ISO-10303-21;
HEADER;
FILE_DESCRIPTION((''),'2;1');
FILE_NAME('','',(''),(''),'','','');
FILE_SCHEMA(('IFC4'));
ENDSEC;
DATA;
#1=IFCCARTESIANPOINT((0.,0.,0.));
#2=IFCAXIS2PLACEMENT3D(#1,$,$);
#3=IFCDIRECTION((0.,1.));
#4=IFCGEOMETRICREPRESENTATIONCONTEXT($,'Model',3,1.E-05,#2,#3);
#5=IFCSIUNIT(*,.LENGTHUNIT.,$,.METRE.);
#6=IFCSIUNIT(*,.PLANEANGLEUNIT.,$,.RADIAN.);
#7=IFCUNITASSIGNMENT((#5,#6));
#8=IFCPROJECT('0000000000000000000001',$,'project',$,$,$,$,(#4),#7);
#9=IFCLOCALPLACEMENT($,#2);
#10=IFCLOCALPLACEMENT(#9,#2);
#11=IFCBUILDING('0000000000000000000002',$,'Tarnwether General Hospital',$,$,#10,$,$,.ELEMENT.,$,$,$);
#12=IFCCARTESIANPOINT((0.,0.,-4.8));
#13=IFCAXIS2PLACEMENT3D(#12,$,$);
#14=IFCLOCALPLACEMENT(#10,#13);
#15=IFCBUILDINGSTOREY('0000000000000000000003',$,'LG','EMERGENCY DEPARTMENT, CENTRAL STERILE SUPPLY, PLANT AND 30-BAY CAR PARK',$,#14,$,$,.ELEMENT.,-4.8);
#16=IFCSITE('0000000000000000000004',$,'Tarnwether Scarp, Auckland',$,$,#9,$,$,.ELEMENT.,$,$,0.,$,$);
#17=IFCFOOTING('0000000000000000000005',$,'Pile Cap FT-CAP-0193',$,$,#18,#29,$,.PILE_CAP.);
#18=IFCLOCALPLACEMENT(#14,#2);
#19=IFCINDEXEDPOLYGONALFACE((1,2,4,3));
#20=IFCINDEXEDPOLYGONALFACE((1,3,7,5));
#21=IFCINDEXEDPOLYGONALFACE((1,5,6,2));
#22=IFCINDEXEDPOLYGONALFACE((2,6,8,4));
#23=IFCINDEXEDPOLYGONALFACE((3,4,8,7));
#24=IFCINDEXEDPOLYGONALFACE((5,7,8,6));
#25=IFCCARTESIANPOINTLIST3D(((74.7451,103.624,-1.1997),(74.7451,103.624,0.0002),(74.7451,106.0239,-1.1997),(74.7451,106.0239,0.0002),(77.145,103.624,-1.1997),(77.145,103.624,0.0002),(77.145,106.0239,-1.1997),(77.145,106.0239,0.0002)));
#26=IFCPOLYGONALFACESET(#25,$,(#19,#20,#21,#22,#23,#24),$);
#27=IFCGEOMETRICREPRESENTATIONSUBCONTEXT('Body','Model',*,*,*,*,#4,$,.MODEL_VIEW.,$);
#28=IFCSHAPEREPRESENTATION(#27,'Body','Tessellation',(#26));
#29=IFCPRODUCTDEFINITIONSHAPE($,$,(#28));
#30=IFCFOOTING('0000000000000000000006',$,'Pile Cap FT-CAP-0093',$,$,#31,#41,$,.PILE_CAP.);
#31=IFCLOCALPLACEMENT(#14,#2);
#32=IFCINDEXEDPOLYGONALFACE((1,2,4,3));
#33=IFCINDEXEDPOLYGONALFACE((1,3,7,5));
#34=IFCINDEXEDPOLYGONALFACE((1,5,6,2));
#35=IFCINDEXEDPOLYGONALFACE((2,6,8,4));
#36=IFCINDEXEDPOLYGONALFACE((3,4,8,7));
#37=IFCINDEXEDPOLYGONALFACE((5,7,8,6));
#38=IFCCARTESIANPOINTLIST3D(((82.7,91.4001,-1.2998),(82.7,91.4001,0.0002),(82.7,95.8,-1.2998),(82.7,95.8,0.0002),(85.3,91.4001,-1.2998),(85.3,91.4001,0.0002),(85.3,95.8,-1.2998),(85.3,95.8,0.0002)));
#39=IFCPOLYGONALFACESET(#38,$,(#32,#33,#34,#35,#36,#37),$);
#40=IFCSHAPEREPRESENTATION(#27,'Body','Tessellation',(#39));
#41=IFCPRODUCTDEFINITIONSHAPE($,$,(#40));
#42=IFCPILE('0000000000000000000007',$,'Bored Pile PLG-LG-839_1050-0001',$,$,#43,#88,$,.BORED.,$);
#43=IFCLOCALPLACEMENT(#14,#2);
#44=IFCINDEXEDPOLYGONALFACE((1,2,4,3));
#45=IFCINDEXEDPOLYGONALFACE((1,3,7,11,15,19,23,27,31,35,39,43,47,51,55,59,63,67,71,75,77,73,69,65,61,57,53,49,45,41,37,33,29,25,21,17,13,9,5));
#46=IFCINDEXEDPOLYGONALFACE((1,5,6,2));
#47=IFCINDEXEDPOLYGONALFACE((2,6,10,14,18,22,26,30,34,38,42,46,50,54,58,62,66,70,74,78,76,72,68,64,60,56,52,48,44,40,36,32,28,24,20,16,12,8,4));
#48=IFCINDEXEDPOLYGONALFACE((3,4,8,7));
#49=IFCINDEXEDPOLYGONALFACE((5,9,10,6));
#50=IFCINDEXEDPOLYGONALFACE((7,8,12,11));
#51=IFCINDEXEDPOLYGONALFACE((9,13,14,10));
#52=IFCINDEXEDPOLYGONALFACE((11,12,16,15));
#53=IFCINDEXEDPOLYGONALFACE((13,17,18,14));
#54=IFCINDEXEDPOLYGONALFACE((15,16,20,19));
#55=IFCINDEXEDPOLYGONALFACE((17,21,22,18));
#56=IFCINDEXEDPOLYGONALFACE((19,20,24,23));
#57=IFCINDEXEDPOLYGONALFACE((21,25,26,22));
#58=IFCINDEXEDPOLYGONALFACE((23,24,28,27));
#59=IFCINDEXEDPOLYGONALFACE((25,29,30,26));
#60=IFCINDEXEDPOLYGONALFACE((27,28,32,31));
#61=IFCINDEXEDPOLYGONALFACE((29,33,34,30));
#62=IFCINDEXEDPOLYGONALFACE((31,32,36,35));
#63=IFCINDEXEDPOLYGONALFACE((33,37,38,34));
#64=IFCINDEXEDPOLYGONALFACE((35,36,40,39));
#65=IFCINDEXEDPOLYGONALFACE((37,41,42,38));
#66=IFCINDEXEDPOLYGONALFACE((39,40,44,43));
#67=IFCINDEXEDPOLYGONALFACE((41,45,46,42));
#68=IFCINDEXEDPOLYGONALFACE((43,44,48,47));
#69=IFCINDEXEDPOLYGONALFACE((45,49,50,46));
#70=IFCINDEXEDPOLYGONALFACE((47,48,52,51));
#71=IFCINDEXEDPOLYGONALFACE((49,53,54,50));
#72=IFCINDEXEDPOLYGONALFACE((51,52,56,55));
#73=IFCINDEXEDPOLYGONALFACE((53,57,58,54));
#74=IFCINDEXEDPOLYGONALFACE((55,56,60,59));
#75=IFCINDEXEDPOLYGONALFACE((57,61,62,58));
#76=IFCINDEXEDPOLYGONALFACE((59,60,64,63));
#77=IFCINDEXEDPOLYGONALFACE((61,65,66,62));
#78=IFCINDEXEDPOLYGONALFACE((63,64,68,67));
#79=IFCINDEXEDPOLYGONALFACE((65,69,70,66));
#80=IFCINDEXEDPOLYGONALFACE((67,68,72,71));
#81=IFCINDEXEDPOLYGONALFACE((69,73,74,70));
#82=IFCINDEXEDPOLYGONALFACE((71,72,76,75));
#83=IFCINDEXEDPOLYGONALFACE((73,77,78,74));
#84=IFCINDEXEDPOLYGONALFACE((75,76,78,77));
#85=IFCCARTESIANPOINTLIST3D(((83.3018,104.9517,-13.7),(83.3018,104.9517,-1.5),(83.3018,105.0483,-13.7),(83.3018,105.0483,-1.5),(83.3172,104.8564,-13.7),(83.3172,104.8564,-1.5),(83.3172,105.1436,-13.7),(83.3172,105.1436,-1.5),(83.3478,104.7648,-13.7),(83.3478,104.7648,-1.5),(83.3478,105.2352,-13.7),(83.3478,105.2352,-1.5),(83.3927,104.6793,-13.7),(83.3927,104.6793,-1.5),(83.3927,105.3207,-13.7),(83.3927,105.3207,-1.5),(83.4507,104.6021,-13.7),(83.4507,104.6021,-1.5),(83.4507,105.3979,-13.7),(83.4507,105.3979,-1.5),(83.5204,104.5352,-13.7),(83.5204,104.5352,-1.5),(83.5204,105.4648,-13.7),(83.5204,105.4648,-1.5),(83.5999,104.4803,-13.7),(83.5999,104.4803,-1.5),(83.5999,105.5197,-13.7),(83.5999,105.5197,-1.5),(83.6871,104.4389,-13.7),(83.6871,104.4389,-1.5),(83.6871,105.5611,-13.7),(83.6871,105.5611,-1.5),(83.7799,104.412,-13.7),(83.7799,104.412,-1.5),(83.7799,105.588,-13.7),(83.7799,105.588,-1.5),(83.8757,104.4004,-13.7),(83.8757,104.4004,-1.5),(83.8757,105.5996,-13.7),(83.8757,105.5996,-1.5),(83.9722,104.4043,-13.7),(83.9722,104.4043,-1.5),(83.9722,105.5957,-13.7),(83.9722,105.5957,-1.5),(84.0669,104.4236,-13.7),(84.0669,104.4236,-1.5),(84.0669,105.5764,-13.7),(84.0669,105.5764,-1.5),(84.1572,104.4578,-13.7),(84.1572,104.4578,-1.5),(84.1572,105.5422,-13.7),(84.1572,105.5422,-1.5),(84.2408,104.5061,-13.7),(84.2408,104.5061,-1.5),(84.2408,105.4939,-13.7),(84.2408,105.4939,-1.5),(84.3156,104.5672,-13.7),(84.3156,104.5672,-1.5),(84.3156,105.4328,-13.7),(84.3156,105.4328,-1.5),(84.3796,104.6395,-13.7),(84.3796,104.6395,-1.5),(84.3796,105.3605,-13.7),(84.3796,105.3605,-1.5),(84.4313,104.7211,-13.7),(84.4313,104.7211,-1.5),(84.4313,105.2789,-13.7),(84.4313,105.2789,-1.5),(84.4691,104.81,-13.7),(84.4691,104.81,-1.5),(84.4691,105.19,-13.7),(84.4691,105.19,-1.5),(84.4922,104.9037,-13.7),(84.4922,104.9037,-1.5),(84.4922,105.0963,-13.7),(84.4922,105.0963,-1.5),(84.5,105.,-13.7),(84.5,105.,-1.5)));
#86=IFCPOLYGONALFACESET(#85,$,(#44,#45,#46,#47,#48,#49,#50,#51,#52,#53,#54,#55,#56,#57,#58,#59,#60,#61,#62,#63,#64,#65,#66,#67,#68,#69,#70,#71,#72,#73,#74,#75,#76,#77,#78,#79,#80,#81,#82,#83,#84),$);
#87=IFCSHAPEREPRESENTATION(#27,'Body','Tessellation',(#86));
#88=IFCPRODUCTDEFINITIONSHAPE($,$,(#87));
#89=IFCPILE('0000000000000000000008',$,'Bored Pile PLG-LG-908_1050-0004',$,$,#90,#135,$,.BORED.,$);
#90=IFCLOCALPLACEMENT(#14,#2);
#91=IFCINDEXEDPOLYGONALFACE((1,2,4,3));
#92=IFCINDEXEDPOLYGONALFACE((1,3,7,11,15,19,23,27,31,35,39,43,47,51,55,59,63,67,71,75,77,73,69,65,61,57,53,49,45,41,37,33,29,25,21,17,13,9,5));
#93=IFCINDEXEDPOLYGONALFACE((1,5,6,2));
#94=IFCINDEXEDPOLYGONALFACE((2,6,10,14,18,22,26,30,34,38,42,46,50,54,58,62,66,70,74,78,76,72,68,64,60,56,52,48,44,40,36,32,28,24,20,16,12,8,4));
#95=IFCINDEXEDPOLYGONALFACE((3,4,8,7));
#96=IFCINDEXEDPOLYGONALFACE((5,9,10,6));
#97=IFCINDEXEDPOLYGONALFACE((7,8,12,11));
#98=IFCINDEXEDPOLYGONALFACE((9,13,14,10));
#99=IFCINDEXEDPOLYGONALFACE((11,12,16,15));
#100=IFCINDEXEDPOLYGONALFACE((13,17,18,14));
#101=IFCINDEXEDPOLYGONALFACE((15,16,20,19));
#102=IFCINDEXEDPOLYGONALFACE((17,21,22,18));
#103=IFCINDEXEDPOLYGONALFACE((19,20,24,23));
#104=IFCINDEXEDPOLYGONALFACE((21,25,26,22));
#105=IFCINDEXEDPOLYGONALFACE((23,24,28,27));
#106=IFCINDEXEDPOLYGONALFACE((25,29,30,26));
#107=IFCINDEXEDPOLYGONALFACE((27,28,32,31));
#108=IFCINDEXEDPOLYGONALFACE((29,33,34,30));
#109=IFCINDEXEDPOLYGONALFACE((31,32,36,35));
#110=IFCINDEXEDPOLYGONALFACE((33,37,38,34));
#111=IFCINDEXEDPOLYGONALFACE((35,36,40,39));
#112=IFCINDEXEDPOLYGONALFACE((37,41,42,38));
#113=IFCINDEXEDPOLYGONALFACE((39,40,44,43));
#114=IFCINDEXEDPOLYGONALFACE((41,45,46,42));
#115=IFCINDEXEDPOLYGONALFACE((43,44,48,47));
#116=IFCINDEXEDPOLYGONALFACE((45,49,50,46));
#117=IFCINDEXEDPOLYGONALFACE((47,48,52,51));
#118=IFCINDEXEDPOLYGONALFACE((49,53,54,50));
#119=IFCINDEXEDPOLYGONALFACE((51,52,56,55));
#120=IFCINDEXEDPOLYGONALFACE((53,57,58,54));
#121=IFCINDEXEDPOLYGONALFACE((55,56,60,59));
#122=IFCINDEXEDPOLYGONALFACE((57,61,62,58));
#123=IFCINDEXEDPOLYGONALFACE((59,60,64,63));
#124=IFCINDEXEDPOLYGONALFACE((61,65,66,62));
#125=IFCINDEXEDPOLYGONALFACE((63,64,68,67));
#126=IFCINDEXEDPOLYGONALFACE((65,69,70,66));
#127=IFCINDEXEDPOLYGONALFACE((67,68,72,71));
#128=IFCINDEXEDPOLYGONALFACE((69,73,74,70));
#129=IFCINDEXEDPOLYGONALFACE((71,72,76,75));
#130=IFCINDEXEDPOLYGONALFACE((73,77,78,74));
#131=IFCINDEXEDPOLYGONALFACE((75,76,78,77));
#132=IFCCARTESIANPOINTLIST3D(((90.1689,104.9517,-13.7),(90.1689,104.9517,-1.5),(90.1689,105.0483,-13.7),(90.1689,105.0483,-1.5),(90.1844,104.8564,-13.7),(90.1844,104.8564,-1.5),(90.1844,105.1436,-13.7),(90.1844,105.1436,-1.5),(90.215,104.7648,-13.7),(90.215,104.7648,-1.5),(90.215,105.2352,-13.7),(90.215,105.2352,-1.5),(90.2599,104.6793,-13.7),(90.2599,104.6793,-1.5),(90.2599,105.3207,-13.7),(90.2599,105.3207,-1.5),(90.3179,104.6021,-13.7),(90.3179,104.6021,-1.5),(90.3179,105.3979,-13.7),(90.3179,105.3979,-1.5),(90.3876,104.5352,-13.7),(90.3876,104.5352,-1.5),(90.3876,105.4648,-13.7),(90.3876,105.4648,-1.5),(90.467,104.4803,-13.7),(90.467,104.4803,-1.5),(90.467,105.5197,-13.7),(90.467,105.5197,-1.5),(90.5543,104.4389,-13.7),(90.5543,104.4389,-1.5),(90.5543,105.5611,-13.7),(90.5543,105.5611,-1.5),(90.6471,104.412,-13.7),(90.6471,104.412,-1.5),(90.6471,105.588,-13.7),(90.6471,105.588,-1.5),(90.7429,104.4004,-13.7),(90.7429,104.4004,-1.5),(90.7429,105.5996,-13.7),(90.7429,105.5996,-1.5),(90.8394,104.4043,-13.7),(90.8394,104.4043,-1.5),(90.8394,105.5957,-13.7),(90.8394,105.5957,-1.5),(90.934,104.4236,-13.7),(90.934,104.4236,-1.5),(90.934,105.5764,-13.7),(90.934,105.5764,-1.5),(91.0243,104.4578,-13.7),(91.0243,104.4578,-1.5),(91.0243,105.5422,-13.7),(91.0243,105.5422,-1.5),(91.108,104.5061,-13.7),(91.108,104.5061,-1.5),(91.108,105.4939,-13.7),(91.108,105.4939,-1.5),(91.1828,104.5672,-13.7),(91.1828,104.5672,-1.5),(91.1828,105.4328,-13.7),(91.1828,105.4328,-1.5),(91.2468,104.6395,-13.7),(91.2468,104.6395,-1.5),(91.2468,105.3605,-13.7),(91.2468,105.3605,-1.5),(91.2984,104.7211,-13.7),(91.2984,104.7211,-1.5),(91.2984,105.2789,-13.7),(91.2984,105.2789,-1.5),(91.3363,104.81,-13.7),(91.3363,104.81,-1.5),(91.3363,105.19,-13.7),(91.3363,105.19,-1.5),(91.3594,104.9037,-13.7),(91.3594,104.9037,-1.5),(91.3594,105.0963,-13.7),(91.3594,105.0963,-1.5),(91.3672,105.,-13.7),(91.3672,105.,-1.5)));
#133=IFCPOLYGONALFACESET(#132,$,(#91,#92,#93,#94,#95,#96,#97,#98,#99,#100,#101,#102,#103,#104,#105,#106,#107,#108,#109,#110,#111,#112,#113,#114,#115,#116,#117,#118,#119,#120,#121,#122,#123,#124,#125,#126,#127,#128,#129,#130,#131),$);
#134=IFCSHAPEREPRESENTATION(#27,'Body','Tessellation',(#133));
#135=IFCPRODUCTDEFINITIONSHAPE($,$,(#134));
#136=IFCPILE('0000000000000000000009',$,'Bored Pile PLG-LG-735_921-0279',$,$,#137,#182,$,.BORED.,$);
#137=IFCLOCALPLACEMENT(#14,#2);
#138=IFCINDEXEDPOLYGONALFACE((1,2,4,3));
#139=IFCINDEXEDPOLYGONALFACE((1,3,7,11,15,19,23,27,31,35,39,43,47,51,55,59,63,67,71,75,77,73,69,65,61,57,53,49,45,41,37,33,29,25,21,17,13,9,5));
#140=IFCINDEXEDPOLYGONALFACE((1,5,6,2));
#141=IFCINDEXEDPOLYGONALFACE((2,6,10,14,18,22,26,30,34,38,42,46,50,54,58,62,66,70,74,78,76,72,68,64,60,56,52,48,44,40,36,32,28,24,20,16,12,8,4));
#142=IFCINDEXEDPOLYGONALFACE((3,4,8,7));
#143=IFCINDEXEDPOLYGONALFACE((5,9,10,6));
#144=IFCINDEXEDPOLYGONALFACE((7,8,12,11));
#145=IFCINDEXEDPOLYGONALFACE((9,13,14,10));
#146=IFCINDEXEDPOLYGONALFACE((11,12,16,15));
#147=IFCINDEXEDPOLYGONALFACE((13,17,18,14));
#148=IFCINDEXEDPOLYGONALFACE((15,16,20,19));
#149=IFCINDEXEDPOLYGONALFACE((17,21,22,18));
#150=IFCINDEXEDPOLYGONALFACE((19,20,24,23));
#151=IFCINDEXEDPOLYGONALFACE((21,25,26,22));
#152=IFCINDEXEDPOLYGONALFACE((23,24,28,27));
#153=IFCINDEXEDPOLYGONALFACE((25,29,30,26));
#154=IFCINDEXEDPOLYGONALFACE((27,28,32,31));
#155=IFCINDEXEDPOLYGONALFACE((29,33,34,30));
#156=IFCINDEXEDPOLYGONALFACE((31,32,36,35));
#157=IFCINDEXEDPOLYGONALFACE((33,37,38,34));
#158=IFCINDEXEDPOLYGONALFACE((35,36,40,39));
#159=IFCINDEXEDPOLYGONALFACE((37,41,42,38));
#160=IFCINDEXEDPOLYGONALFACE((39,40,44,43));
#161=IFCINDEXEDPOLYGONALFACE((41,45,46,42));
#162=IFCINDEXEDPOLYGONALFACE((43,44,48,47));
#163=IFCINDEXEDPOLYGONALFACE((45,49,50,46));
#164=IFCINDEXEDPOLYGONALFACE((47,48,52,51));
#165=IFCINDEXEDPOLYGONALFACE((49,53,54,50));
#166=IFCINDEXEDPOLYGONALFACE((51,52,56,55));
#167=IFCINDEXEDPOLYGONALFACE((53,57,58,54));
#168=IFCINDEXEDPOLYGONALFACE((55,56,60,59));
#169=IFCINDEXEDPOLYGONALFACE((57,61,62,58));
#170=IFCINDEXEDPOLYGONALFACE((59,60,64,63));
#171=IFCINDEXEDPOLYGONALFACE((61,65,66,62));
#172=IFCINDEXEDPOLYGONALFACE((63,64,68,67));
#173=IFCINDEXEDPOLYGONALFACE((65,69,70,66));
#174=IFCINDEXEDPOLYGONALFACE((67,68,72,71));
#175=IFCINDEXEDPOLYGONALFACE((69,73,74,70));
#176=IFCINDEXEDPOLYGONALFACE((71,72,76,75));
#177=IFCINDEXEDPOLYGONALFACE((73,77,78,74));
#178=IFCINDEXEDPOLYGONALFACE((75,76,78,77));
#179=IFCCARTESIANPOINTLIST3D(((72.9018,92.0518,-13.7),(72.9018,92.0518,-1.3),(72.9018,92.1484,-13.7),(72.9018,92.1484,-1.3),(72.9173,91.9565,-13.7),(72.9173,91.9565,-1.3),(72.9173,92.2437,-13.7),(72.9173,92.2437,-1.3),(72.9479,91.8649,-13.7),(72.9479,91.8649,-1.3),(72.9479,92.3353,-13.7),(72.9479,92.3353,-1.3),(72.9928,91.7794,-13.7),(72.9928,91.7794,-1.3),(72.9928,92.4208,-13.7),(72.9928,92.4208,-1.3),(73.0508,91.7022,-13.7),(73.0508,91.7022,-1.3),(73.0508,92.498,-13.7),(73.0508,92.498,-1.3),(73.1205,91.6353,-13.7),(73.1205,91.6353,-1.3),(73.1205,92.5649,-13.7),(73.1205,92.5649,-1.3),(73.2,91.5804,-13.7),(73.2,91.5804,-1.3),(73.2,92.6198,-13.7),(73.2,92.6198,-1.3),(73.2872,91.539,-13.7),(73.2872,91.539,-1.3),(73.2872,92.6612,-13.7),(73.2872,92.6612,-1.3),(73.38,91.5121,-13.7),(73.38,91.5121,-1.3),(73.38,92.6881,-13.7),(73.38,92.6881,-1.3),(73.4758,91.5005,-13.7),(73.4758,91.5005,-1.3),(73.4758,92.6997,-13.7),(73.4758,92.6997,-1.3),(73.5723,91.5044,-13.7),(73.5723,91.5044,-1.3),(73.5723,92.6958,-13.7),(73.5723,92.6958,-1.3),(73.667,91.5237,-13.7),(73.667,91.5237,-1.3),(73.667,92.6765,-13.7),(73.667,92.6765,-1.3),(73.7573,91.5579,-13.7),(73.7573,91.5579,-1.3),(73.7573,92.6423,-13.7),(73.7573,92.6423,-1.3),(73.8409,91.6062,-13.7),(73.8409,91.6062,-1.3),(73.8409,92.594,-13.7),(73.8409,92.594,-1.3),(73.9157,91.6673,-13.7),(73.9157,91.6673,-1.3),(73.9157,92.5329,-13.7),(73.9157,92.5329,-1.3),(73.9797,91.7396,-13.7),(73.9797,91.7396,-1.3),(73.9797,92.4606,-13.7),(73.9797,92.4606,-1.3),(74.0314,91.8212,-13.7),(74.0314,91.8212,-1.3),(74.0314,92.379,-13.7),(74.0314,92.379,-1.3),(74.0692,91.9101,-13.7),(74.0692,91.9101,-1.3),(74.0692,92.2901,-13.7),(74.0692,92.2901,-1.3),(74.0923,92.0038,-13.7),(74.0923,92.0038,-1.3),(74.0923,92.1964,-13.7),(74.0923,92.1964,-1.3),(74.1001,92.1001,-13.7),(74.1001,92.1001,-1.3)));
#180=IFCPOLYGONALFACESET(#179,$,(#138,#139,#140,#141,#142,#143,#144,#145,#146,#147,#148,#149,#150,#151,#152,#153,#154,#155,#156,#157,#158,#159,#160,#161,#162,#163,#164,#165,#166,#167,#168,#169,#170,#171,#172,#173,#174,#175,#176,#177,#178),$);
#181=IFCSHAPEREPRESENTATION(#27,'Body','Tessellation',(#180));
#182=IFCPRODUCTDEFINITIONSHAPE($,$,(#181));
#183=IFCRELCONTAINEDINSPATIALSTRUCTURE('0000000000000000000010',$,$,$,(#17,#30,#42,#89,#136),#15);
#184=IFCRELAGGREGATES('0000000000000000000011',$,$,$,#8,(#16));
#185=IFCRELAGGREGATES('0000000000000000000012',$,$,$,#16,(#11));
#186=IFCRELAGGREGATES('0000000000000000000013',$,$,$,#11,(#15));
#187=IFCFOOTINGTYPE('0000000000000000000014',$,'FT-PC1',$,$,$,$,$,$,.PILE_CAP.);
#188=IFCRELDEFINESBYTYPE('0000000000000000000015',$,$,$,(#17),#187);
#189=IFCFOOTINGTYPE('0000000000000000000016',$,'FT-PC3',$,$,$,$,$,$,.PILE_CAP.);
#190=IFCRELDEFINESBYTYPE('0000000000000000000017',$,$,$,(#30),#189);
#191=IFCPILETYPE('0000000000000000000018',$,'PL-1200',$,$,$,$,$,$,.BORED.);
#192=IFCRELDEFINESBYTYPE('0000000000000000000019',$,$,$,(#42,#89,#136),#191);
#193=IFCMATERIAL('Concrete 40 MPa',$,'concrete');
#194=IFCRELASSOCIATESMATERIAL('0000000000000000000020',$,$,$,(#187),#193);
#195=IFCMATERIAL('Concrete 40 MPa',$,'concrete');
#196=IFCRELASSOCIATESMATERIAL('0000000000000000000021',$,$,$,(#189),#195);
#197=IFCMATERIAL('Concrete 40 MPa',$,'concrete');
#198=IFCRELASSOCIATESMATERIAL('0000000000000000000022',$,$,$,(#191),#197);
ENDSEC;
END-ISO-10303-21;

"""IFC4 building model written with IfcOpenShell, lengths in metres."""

from ifc_helpers import new_model, si_unit, direction, frame, origin, origin_2d, place, context, subcontext, project, spatial, rectangle, circle, extrude, material, material_profile, profile_set, type_object, element, save


model = new_model("IFC4")

# Units and contexts
model_context = context("Model", 3, precision=1e-05, world=origin(), true_north=direction((0.0, 1.0)))
body_context = subcontext(model_context, "Body", "Model", "MODEL_VIEW")
ifc_project = project(units=[si_unit("LENGTHUNIT", "METRE"), si_unit("PLANEANGLEUNIT", "RADIAN")], contexts=[model_context])

# Site, building, storey
site_placement = place(None, origin())
site = spatial("IfcSite", under=ifc_project, at=site_placement, Name="Tarnwether Scarp, Auckland", CompositionType="ELEMENT", RefElevation=0.0)
building_placement = place(site_placement, origin())
building = spatial("IfcBuilding", under=site, at=building_placement, Name="Tarnwether General Hospital", CompositionType="ELEMENT")
storey_placement = place(building_placement, frame((0.0, 0.0, -4.8)))
storey = spatial("IfcBuildingStorey", under=building, at=storey_placement, Name="LG", Description="EMERGENCY DEPARTMENT, CENTRAL STERILE SUPPLY, PLANT AND 30-BAY CAR PARK", CompositionType="ELEMENT", Elevation=-4.8)

# Footings
ifc_material_1 = material(Name="Concrete 40 MPa", Category="concrete")
footing_type_1 = type_object("IfcFootingType", Name="FT-PC1", PredefinedType="PILE_CAP", material=ifc_material_1)
footing_1_placement = place(storey_placement, frame((75.9451, 104.824, -1.1997), z_axis=(0.0, 0.0, 1.0), x_axis=(1.0, 0.0, 0.0)))
element("IfcFooting", 1, at=footing_1_placement, inside=storey, type_object=footing_type_1, Name="Pile Cap FT-CAP-0193", PredefinedType="PILE_CAP", context=body_context, shape_type="SweptSolid", body=[
    extrude(rectangle(XDim=2.3999, YDim=2.3999, at=origin_2d()), origin(), (0.0, 0.0, 1.0), 1.2),
])
ifc_material_2 = material(Name="Concrete 40 MPa", Category="concrete")
footing_type_2 = type_object("IfcFootingType", Name="FT-PC3", PredefinedType="PILE_CAP", material=ifc_material_2)
footing_2_placement = place(storey_placement, frame((84.0, 93.6001, -1.2998), z_axis=(0.0, 0.0, 1.0), x_axis=(0.0, 1.0, 0.0)))
element("IfcFooting", 2, at=footing_2_placement, inside=storey, type_object=footing_type_2, Name="Pile Cap FT-CAP-0093", PredefinedType="PILE_CAP", context=body_context, shape_type="SweptSolid", body=[
    extrude(rectangle(XDim=4.3999, YDim=2.6001, at=origin_2d()), origin(), (0.0, 0.0, 1.0), 1.3),
])

# Piles
ifc_material_3 = material(Name="Concrete 40 MPa", Category="concrete")
ifc_material_profile_1 = material_profile(ifc_material_3, circle(Radius=0.6001, at=origin_2d()), Name="PILE-D1200")
ifc_profile_set_1 = profile_set([ifc_material_profile_1], Name="Concrete 40 MPa")
pile_type_1 = type_object("IfcPileType", Name="PL-1200", PredefinedType="BORED", material=ifc_profile_set_1)
for number, where, z_axis, x_axis, name in (
    (3, (83.8999, 105.0, -1.5), (0.0, 0.0, -1.0), (1.0, 0.0, 0.0), "Bored Pile PLG-LG-839_1050-0001"),
    (4, (90.7671, 105.0, -1.5), (0.0, 0.0, -1.0), (1.0, 0.0, 0.0), "Bored Pile PLG-LG-908_1050-0004"),
):
    element("IfcPile", number, at=place(storey_placement, frame(where, z_axis=z_axis, x_axis=x_axis)), inside=storey, type_object=pile_type_1, Name=name, PredefinedType="BORED", context=body_context, shape_type="SweptSolid", body=[
        extrude(circle(Radius=0.6001, at=origin_2d()), origin(), (0.0, 0.0, 1.0), 12.2),
    ])
for number, where, z_axis, x_axis, name in (
    (5, (73.5, 92.1001, -1.3), (0.0, 0.0, -1.0), (1.0, 0.0, 0.0), "Bored Pile PLG-LG-735_921-0279"),
):
    element("IfcPile", number, at=place(storey_placement, frame(where, z_axis=z_axis, x_axis=x_axis)), inside=storey, type_object=pile_type_1, Name=name, PredefinedType="BORED", context=body_context, shape_type="SweptSolid", body=[
        extrude(circle(Radius=0.6001, at=origin_2d()), origin(), (0.0, 0.0, 1.0), 12.3999),
    ])

save(model, "model.ifc")
